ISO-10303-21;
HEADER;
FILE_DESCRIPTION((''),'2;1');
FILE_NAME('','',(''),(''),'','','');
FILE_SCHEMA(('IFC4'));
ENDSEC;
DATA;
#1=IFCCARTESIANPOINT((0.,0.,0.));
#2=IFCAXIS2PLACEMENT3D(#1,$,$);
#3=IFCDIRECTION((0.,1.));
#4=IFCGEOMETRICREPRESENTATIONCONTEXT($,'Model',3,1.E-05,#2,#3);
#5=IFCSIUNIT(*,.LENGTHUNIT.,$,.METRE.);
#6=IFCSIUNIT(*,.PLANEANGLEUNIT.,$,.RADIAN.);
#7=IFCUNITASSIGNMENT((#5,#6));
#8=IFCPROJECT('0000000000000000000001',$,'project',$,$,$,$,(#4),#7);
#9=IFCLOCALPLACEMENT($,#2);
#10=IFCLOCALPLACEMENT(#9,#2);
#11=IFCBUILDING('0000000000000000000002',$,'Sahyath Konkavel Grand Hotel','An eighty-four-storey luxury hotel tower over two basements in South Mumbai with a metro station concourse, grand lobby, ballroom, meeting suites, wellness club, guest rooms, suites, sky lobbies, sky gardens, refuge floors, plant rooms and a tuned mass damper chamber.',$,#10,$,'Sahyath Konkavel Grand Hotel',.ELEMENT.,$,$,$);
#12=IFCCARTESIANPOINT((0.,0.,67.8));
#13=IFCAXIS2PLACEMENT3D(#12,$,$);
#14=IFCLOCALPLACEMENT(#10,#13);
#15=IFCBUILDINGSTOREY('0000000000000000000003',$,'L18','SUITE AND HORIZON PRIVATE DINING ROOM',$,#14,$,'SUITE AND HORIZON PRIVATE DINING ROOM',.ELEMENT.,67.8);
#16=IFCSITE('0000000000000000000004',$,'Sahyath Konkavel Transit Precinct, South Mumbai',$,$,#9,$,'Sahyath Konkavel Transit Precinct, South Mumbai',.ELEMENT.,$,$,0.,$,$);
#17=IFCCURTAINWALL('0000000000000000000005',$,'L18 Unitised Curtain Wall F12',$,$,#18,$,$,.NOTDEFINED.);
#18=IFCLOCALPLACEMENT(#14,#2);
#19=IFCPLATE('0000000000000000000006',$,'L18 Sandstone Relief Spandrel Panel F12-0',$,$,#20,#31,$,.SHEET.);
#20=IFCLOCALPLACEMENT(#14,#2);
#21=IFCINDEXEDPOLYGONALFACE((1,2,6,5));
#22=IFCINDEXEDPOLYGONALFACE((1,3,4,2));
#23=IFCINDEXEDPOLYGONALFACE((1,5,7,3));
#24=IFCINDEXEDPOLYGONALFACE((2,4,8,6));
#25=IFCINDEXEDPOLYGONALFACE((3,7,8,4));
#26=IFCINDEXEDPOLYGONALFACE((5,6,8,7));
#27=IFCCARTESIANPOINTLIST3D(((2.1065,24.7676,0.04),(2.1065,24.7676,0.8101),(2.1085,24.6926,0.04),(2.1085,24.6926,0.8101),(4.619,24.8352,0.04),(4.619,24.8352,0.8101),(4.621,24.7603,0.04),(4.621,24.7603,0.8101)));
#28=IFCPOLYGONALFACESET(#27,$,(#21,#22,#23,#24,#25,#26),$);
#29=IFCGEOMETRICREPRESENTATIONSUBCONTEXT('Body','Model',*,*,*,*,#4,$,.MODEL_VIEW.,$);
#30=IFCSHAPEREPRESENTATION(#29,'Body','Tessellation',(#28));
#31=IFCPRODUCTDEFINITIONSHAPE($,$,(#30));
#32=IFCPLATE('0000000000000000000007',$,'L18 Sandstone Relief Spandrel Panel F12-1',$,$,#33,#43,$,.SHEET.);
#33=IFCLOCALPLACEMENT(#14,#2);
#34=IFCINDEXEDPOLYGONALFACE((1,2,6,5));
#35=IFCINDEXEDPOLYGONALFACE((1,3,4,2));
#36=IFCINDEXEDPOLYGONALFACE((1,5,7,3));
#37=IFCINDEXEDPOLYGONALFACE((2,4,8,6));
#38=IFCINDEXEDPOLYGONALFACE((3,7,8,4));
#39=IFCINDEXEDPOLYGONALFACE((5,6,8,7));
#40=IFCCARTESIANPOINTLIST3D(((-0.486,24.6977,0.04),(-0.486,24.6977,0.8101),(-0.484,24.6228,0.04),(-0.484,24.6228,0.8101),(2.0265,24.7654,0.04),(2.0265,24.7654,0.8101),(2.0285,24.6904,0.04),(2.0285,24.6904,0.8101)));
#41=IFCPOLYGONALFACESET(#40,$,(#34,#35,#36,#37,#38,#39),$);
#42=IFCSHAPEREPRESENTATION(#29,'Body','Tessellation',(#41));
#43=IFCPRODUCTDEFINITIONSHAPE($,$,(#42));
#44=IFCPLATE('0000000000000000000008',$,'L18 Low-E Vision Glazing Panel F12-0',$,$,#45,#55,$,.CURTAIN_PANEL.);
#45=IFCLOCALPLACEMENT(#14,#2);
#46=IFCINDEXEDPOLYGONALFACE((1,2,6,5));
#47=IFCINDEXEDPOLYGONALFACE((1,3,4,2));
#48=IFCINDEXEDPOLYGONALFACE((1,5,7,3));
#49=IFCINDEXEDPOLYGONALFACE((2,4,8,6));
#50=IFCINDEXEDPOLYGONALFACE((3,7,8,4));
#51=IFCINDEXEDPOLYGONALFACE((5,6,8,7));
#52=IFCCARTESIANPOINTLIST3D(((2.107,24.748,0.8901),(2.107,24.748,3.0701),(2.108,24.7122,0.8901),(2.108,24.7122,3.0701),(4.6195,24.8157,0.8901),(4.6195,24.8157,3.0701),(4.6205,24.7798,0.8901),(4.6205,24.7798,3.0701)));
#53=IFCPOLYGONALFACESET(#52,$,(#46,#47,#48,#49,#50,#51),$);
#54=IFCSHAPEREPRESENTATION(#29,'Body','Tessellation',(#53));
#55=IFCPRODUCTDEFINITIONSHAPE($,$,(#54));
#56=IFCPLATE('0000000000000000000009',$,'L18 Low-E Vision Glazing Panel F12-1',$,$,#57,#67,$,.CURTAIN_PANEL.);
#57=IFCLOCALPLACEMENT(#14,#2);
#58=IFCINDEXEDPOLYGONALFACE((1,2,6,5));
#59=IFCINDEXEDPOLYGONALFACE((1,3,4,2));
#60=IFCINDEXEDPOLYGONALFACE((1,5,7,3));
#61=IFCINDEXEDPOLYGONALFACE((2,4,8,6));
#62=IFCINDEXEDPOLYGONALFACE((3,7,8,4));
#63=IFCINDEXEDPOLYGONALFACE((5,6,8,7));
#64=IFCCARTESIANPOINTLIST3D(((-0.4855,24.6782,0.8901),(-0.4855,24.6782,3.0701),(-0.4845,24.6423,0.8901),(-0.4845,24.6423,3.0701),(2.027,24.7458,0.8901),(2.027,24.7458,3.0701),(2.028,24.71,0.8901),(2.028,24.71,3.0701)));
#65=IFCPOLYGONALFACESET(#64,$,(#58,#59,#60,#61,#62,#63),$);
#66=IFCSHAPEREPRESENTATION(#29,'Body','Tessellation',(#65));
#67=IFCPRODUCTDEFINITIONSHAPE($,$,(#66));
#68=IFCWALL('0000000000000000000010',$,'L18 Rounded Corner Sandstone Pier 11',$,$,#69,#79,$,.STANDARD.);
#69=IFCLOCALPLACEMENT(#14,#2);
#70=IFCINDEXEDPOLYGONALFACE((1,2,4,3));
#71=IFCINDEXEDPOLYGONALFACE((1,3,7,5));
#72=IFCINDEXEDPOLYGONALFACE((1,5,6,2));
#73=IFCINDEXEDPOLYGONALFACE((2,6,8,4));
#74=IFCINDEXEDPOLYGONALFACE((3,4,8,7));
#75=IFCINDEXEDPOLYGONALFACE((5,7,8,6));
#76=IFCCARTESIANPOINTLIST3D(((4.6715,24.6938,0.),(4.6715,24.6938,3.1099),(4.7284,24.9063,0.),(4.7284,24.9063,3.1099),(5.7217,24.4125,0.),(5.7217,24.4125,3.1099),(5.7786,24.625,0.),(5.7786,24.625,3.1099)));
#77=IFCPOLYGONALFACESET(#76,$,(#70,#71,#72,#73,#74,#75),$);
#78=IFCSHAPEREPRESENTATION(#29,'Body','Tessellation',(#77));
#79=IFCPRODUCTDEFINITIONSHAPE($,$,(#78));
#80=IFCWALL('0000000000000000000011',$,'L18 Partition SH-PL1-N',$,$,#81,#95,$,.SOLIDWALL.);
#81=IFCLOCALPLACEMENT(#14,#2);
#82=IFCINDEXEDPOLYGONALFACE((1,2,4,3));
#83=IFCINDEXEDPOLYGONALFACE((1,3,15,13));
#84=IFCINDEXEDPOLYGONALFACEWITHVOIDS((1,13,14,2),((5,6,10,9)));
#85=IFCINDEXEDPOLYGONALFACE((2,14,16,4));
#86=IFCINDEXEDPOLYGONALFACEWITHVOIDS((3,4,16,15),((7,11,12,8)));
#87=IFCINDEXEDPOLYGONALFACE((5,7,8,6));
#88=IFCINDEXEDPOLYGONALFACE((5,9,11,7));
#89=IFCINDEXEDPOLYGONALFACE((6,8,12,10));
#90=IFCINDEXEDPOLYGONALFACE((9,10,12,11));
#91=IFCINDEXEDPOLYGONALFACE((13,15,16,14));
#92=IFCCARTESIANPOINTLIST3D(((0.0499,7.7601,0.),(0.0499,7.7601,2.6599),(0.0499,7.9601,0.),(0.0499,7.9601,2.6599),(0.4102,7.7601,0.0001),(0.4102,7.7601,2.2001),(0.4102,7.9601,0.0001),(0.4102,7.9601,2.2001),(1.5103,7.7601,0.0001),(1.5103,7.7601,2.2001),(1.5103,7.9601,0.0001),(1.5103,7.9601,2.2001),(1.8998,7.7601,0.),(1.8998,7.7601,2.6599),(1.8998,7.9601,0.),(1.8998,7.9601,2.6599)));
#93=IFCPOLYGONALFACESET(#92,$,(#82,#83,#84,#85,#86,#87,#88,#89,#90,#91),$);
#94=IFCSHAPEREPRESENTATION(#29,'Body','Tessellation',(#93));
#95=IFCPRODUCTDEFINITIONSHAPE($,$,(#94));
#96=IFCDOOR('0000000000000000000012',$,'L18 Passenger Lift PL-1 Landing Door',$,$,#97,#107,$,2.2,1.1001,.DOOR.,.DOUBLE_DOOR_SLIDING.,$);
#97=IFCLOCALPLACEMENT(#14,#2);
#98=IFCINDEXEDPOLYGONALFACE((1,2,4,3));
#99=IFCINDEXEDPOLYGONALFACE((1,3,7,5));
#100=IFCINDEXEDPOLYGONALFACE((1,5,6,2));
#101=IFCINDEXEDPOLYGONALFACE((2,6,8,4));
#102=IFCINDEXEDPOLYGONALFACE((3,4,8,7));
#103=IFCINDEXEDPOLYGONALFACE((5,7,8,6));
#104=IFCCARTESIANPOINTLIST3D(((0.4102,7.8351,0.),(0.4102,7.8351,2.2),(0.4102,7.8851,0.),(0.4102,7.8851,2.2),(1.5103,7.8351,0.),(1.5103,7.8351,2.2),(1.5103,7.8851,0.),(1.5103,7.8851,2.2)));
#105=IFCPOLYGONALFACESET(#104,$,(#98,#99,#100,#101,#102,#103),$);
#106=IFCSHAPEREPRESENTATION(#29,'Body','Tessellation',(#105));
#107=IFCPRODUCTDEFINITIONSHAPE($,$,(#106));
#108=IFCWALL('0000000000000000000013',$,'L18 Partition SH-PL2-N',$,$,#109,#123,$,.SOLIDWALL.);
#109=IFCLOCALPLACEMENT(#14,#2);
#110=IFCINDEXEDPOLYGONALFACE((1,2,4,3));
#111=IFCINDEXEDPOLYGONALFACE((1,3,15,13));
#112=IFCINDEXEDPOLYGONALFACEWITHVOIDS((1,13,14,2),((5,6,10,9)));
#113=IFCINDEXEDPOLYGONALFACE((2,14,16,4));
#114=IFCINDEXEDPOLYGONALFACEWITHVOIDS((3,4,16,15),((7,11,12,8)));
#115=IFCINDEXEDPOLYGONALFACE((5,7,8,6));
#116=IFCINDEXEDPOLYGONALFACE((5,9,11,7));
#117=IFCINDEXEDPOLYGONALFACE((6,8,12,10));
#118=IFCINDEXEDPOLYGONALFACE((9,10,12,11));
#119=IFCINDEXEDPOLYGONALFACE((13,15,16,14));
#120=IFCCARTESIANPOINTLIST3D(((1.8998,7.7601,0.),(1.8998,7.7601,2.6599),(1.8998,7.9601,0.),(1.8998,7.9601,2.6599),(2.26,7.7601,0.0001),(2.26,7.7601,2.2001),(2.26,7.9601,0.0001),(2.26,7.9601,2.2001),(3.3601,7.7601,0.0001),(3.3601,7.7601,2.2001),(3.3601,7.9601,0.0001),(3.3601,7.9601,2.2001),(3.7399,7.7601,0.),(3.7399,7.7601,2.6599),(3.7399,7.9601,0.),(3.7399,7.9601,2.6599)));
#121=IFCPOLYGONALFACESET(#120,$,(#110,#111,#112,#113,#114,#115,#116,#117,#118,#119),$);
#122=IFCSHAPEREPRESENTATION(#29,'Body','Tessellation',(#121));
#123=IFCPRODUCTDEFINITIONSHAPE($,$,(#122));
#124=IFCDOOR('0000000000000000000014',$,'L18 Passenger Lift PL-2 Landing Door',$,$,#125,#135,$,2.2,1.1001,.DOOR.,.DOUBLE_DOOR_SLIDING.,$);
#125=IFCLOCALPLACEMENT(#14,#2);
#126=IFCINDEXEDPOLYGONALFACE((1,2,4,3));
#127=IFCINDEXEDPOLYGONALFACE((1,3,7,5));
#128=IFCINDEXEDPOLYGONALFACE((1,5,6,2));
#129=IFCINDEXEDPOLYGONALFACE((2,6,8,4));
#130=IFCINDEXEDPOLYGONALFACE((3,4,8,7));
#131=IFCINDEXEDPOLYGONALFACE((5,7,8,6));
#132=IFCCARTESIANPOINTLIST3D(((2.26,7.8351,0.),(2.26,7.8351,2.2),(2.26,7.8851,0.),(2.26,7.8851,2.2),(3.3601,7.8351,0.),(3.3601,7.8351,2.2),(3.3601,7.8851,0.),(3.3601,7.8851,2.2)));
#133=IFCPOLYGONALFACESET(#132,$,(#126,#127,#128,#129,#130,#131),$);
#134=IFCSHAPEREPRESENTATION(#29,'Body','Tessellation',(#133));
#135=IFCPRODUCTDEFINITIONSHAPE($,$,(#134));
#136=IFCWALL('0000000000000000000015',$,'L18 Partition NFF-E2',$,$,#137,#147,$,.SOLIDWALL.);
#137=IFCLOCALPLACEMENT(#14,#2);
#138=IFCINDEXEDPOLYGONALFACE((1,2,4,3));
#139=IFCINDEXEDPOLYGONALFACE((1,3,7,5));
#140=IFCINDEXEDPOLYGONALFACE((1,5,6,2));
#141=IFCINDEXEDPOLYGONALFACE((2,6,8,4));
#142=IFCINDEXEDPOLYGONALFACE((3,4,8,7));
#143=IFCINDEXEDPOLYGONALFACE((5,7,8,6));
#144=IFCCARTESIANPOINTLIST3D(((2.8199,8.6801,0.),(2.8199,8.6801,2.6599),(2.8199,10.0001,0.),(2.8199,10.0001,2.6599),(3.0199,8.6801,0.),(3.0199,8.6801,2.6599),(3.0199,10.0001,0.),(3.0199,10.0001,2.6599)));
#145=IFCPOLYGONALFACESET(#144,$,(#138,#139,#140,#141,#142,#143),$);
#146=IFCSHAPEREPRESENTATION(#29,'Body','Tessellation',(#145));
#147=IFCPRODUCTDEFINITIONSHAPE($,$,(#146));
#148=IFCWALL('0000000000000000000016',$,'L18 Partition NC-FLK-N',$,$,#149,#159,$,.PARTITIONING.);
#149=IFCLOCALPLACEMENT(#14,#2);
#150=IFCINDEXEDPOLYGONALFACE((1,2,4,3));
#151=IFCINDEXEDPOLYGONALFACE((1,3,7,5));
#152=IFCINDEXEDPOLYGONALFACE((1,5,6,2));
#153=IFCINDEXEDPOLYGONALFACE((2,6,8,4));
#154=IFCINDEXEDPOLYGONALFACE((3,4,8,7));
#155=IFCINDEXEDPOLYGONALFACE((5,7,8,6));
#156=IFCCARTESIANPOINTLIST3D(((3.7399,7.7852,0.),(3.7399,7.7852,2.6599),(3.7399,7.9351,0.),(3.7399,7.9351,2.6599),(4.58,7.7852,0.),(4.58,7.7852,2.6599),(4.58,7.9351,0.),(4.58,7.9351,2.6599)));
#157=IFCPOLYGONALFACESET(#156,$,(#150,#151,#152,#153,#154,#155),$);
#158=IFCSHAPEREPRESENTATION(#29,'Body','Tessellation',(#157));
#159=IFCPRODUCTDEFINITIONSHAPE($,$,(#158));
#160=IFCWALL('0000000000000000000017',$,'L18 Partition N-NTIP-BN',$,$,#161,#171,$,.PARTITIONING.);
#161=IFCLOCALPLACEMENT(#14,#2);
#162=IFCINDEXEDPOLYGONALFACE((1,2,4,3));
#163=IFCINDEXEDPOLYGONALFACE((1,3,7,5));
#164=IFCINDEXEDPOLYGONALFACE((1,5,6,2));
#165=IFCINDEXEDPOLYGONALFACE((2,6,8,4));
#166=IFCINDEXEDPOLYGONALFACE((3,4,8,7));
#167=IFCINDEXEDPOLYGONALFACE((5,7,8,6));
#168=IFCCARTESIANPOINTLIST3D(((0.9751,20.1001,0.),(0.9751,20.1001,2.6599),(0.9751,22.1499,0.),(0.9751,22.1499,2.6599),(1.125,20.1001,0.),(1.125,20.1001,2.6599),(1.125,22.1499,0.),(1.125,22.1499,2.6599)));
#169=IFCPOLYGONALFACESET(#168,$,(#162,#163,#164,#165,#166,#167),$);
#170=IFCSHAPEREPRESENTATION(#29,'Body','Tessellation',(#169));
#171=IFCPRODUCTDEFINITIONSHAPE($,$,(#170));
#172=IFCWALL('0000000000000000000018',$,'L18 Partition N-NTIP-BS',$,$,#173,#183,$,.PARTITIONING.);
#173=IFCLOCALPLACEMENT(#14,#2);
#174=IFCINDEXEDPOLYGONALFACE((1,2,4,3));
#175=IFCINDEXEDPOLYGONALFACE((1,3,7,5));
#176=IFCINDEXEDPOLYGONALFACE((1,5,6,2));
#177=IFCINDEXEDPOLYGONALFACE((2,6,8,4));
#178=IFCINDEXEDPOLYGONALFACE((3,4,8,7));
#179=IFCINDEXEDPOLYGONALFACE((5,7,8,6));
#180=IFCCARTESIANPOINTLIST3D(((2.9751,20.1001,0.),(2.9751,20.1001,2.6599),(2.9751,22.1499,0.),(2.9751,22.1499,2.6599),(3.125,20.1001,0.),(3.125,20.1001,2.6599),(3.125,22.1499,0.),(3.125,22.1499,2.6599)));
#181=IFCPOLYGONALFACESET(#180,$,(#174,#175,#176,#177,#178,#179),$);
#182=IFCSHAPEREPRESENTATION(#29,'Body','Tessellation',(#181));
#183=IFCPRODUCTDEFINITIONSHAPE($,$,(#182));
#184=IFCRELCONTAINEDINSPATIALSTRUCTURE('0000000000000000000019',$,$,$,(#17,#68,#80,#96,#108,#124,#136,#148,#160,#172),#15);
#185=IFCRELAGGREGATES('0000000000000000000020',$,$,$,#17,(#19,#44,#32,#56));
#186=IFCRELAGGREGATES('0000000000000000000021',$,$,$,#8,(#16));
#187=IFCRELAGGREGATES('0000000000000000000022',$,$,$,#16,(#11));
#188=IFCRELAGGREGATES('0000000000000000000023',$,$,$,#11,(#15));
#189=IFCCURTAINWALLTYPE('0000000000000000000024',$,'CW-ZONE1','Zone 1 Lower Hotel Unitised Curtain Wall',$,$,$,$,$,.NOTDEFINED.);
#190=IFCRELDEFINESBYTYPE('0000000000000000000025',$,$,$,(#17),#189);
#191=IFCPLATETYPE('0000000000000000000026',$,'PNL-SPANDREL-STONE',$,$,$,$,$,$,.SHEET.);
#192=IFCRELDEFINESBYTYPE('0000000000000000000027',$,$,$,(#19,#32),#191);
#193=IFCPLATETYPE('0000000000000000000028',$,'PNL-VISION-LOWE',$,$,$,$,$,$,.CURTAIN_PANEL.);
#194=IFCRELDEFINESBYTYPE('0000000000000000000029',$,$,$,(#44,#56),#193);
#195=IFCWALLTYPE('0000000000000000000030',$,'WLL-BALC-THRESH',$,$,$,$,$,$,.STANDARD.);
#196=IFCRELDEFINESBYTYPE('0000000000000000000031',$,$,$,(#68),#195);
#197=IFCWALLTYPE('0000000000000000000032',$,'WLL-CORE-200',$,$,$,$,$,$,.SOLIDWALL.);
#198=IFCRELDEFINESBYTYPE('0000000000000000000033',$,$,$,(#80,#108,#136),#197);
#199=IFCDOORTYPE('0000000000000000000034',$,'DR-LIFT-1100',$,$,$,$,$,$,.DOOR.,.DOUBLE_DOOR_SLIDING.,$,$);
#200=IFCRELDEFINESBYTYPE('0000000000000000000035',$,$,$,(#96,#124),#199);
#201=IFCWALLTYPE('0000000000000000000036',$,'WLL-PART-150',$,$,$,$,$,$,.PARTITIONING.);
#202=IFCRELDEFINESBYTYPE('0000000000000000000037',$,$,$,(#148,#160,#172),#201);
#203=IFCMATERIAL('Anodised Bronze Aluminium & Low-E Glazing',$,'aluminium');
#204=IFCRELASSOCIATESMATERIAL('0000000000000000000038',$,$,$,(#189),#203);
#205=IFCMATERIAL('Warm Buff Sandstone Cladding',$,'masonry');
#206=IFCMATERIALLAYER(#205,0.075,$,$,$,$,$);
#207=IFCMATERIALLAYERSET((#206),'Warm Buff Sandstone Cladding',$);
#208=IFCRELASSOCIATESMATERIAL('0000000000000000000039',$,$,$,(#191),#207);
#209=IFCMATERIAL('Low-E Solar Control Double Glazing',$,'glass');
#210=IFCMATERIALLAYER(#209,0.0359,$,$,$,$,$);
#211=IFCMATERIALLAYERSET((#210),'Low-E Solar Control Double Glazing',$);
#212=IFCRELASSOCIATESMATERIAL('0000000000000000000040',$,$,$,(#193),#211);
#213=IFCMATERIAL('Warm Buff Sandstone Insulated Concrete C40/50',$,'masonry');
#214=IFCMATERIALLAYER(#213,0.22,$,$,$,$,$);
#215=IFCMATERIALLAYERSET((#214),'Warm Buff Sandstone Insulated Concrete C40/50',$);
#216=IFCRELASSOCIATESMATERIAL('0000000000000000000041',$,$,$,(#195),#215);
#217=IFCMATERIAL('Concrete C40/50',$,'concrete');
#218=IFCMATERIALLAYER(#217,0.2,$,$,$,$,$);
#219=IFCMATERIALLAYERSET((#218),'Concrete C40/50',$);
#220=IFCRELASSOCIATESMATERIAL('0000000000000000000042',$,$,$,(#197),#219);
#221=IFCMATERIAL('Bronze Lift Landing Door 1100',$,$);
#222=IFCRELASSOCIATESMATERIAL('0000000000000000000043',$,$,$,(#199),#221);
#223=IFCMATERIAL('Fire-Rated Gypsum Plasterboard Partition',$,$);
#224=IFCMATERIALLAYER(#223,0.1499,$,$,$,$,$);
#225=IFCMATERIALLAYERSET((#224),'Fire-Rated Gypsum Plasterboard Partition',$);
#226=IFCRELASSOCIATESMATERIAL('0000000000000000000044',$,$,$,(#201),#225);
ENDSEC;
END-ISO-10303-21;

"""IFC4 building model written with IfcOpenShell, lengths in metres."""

from ifc_helpers import new_model, si_unit, direction, frame, frame_2d, origin, origin_2d, place, context, subcontext, project, spatial, rectangle, extrude, source, transform, mapped, material, layer, layer_set, type_object, element, fill, aggregate, save


model = new_model("IFC4")

# Units and contexts
model_context = context("Model", 3, precision=1e-05, world=origin(), true_north=direction((0.0, 1.0)))
body_context = subcontext(model_context, "Body", "Model", "MODEL_VIEW")
ifc_project = project(units=[si_unit("LENGTHUNIT", "METRE"), si_unit("PLANEANGLEUNIT", "RADIAN")], contexts=[model_context])

# Site, building, storey
site_placement = place(None, origin())
site = spatial("IfcSite", under=ifc_project, at=site_placement, Name="Sahyath Konkavel Transit Precinct, South Mumbai", LongName="Sahyath Konkavel Transit Precinct, South Mumbai", CompositionType="ELEMENT", RefElevation=0.0)
building_placement = place(site_placement, origin())
building = spatial("IfcBuilding", under=site, at=building_placement, Name="Sahyath Konkavel Grand Hotel", Description="An eighty-four-storey luxury hotel tower over two basements in South Mumbai with a metro station concourse, grand lobby, ballroom, meeting suites, wellness club, guest rooms, suites, sky lobbies, sky gardens, refuge floors, plant rooms and a tuned mass damper chamber.", LongName="Sahyath Konkavel Grand Hotel", CompositionType="ELEMENT")
storey_placement = place(building_placement, frame((0.0, 0.0, 67.8)))
storey = spatial("IfcBuildingStorey", under=building, at=storey_placement, Name="L18", Description="SUITE AND HORIZON PRIVATE DINING ROOM", LongName="SUITE AND HORIZON PRIVATE DINING ROOM", CompositionType="ELEMENT", Elevation=67.8)

# Curtain wall, plates
ifc_material_1 = material(Name="Anodised Bronze Aluminium & Low-E Glazing", Category="aluminium")
curtain_wall_type = type_object("IfcCurtainWallType", Name="CW-ZONE1", Description="Zone 1 Lower Hotel Unitised Curtain Wall", PredefinedType="NOTDEFINED", material=ifc_material_1)
curtain_wall_placement = place(storey_placement, origin())
curtain_wall = element("IfcCurtainWall", 1, at=curtain_wall_placement, inside=storey, type_object=curtain_wall_type, Name="L18 Unitised Curtain Wall F12", PredefinedType="NOTDEFINED")
ifc_material_2 = material(Name="Warm Buff Sandstone Cladding", Category="masonry")
ifc_layer_1 = layer(ifc_material_2, 0.075)
ifc_layer_set_1 = layer_set([ifc_layer_1], Name="Warm Buff Sandstone Cladding")
plate_type_1 = type_object("IfcPlateType", Name="PNL-SPANDREL-STONE", PredefinedType="SHEET", material=ifc_layer_set_1)
shared_shape_1 = source(origin(), body_context, "Body", "SweptSolid", [
    extrude(rectangle(XDim=2.5134, YDim=0.075, at=origin_2d()), origin(), (0.0, 0.0, 1.0), 0.77),
])
plate_1_placement = place(storey_placement, frame((3.3638, 24.7639, 0.04), z_axis=(0.0, 0.0, 1.0), x_axis=(-0.999638, -0.02691, 0.0)))
plate_1 = element("IfcPlate", 2, at=plate_1_placement, type_object=plate_type_1, Name="L18 Sandstone Relief Spandrel Panel F12-0", PredefinedType="SHEET", context=body_context, shape_type="MappedRepresentation", body=[
    mapped(shared_shape_1, transform((0.0, 0.0, 0.0), scale=1.0)),
])
plate_2_placement = place(storey_placement, frame((0.7712, 24.6941, 0.04), z_axis=(0.0, 0.0, 1.0), x_axis=(-0.999638, -0.02691, 0.0)))
plate_2 = element("IfcPlate", 3, at=plate_2_placement, type_object=plate_type_1, Name="L18 Sandstone Relief Spandrel Panel F12-1", PredefinedType="SHEET", context=body_context, shape_type="MappedRepresentation", body=[
    mapped(shared_shape_1, transform((0.0, 0.0, 0.0), scale=1.0)),
])
ifc_material_3 = material(Name="Low-E Solar Control Double Glazing", Category="glass")
ifc_layer_2 = layer(ifc_material_3, 0.0359)
ifc_layer_set_2 = layer_set([ifc_layer_2], Name="Low-E Solar Control Double Glazing")
plate_type_2 = type_object("IfcPlateType", Name="PNL-VISION-LOWE", PredefinedType="CURTAIN_PANEL", material=ifc_layer_set_2)
shared_shape_2 = source(origin(), body_context, "Body", "SweptSolid", [
    extrude(rectangle(XDim=2.5134, YDim=0.0359, at=origin_2d()), origin(), (0.0, 0.0, 1.0), 2.1799),
])
plate_3_placement = place(storey_placement, frame((3.3638, 24.7639, 0.8901), z_axis=(0.0, 0.0, 1.0), x_axis=(-0.999638, -0.02691, 0.0)))
plate_3 = element("IfcPlate", 4, at=plate_3_placement, type_object=plate_type_2, Name="L18 Low-E Vision Glazing Panel F12-0", PredefinedType="CURTAIN_PANEL", context=body_context, shape_type="MappedRepresentation", body=[
    mapped(shared_shape_2, transform((0.0, 0.0, 0.0), scale=1.0)),
])
plate_4_placement = place(storey_placement, frame((0.7712, 24.6941, 0.8901), z_axis=(0.0, 0.0, 1.0), x_axis=(-0.999638, -0.02691, 0.0)))
plate_4 = element("IfcPlate", 5, at=plate_4_placement, type_object=plate_type_2, Name="L18 Low-E Vision Glazing Panel F12-1", PredefinedType="CURTAIN_PANEL", context=body_context, shape_type="MappedRepresentation", body=[
    mapped(shared_shape_2, transform((0.0, 0.0, 0.0), scale=1.0)),
])
aggregate(curtain_wall, [plate_1, plate_3, plate_2, plate_4])

# Wall
ifc_material_4 = material(Name="Warm Buff Sandstone Insulated Concrete C40/50", Category="masonry")
ifc_layer_3 = layer(ifc_material_4, 0.22)
ifc_layer_set_3 = layer_set([ifc_layer_3], Name="Warm Buff Sandstone Insulated Concrete C40/50")
wall_type_1 = type_object("IfcWallType", Name="WLL-BALC-THRESH", PredefinedType="STANDARD", material=ifc_layer_set_3)
wall_1_placement = place(storey_placement, frame((5.75, 24.5188, 0.0), z_axis=(0.0, 0.0, 1.0), x_axis=(-0.965951, 0.258725, 0.0)))
element("IfcWall", 6, at=wall_1_placement, inside=storey, type_object=wall_type_1, Name="L18 Rounded Corner Sandstone Pier 11", PredefinedType="STANDARD", context=body_context, shape_type="SweptSolid", body=[
    extrude(rectangle(XDim=1.0872, YDim=0.22, at=frame_2d((0.5435, 0.0))), origin(), (0.0, 0.0, 1.0), 3.1099),
])

# Walls, openings, doors
ifc_material_5 = material(Name="Concrete C40/50", Category="concrete")
ifc_layer_4 = layer(ifc_material_5, 0.2)
ifc_layer_set_4 = layer_set([ifc_layer_4], Name="Concrete C40/50")
wall_type_2 = type_object("IfcWallType", Name="WLL-CORE-200", PredefinedType="SOLIDWALL", material=ifc_layer_set_4)
wall_2_placement = place(storey_placement, frame((0.05, 7.8601, 0.0), z_axis=(0.0, 0.0, 1.0), x_axis=(1.0, 0.0, 0.0)))
wall_2 = element("IfcWall", 7, at=wall_2_placement, inside=storey, type_object=wall_type_2, Name="L18 Partition SH-PL1-N", PredefinedType="SOLIDWALL", context=body_context, shape_type="SweptSolid", body=[
    extrude(rectangle(XDim=1.8499, YDim=0.2, at=frame_2d((0.9248, 0.0))), origin(), (0.0, 0.0, 1.0), 2.6599),
])
opening_1_placement = place(wall_2_placement, frame((0.3601, 0.0, 0.0)))
opening_1 = element("IfcOpeningElement", 8, at=opening_1_placement, cuts=wall_2, PredefinedType="OPENING", context=body_context, shape_type="SweptSolid", body=[
    extrude(rectangle(XDim=1.1001, YDim=2.2, at=frame_2d((0.55, 1.1001))), frame((0.0, 0.1099, 0.0), z_axis=(0.0, -1.0, 0.0), x_axis=(1.0, 0.0, 0.0)), (0.0, 0.0, 1.0), 0.22),
])
ifc_material_6 = material(Name="Bronze Lift Landing Door 1100")
door_type_1 = type_object("IfcDoorType", Name="DR-LIFT-1100", OperationType="DOUBLE_DOOR_SLIDING", PredefinedType="DOOR", material=ifc_material_6)
shared_shape_3 = source(origin(), body_context, "Body", "SweptSolid", [
    extrude(rectangle(XDim=1.1001, YDim=0.05, at=origin_2d()), origin(), (0.0, 0.0, 1.0), 2.2),
])
door_1_placement = place(opening_1_placement, frame((0.55, 0.0, 0.0)))
door_1 = element("IfcDoor", 9, at=door_1_placement, inside=storey, type_object=door_type_1, Name="L18 Passenger Lift PL-1 Landing Door", OperationType="DOUBLE_DOOR_SLIDING", OverallHeight=2.2, OverallWidth=1.1001, PredefinedType="DOOR", context=body_context, shape_type="MappedRepresentation", body=[
    mapped(shared_shape_3, transform((0.0, 0.0, 0.0), scale=1.0)),
])
fill(opening_1, door_1)
wall_3_placement = place(storey_placement, frame((1.8999, 7.8601, 0.0), z_axis=(0.0, 0.0, 1.0), x_axis=(1.0, 0.0, 0.0)))
wall_3 = element("IfcWall", 10, at=wall_3_placement, inside=storey, type_object=wall_type_2, Name="L18 Partition SH-PL2-N", PredefinedType="SOLIDWALL", context=body_context, shape_type="SweptSolid", body=[
    extrude(rectangle(XDim=1.8401, YDim=0.2, at=frame_2d((0.9199, 0.0))), origin(), (0.0, 0.0, 1.0), 2.6599),
])
opening_2_placement = place(wall_3_placement, frame((0.3601, 0.0, 0.0)))
opening_2 = element("IfcOpeningElement", 11, at=opening_2_placement, cuts=wall_3, PredefinedType="OPENING", context=body_context, shape_type="SweptSolid", body=[
    extrude(rectangle(XDim=1.1001, YDim=2.2, at=frame_2d((0.55, 1.1001))), frame((0.0, 0.1099, 0.0), z_axis=(0.0, -1.0, 0.0), x_axis=(1.0, 0.0, 0.0)), (0.0, 0.0, 1.0), 0.22),
])
door_2_placement = place(opening_2_placement, frame((0.55, 0.0, 0.0)))
door_2 = element("IfcDoor", 12, at=door_2_placement, inside=storey, type_object=door_type_1, Name="L18 Passenger Lift PL-2 Landing Door", OperationType="DOUBLE_DOOR_SLIDING", OverallHeight=2.2, OverallWidth=1.1001, PredefinedType="DOOR", context=body_context, shape_type="MappedRepresentation", body=[
    mapped(shared_shape_3, transform((0.0, 0.0, 0.0), scale=1.0)),
])
fill(opening_2, door_2)

# Walls
wall_4_placement = place(storey_placement, frame((2.9199, 8.6799, 0.0), z_axis=(0.0, 0.0, 1.0), x_axis=(0.0, 1.0, 0.0)))
element("IfcWall", 13, at=wall_4_placement, inside=storey, type_object=wall_type_2, Name="L18 Partition NFF-E2", PredefinedType="SOLIDWALL", context=body_context, shape_type="SweptSolid", body=[
    extrude(rectangle(XDim=1.3201, YDim=0.2, at=frame_2d((0.6602, 0.0))), origin(), (0.0, 0.0, 1.0), 2.6599),
])
ifc_material_7 = material(Name="Fire-Rated Gypsum Plasterboard Partition")
ifc_layer_5 = layer(ifc_material_7, 0.1499)
ifc_layer_set_5 = layer_set([ifc_layer_5], Name="Fire-Rated Gypsum Plasterboard Partition")
wall_type_3 = type_object("IfcWallType", Name="WLL-PART-150", PredefinedType="PARTITIONING", material=ifc_layer_set_5)
wall_5_placement = place(storey_placement, frame((3.74, 7.8601, 0.0), z_axis=(0.0, 0.0, 1.0), x_axis=(1.0, 0.0, 0.0)))
element("IfcWall", 14, at=wall_5_placement, inside=storey, type_object=wall_type_3, Name="L18 Partition NC-FLK-N", PredefinedType="PARTITIONING", context=body_context, shape_type="SweptSolid", body=[
    extrude(rectangle(XDim=0.8401, YDim=0.1499, at=frame_2d((0.4199, 0.0))), origin(), (0.0, 0.0, 1.0), 2.6599),
])
for number, where, z_axis, x_axis, name in (
    (15, (1.05, 20.1001, 0.0), (0.0, 0.0, 1.0), (0.0, 1.0, 0.0), "L18 Partition N-NTIP-BN"),
    (16, (3.05, 20.1001, 0.0), (0.0, 0.0, 1.0), (0.0, 1.0, 0.0), "L18 Partition N-NTIP-BS"),
):
    element("IfcWall", number, at=place(storey_placement, frame(where, z_axis=z_axis, x_axis=x_axis)), inside=storey, type_object=wall_type_3, Name=name, PredefinedType="PARTITIONING", context=body_context, shape_type="SweptSolid", body=[
        extrude(rectangle(XDim=2.0498, YDim=0.1499, at=frame_2d((1.0249, 0.0))), origin(), (0.0, 0.0, 1.0), 2.6599),
    ])

save(model, "model.ifc")
